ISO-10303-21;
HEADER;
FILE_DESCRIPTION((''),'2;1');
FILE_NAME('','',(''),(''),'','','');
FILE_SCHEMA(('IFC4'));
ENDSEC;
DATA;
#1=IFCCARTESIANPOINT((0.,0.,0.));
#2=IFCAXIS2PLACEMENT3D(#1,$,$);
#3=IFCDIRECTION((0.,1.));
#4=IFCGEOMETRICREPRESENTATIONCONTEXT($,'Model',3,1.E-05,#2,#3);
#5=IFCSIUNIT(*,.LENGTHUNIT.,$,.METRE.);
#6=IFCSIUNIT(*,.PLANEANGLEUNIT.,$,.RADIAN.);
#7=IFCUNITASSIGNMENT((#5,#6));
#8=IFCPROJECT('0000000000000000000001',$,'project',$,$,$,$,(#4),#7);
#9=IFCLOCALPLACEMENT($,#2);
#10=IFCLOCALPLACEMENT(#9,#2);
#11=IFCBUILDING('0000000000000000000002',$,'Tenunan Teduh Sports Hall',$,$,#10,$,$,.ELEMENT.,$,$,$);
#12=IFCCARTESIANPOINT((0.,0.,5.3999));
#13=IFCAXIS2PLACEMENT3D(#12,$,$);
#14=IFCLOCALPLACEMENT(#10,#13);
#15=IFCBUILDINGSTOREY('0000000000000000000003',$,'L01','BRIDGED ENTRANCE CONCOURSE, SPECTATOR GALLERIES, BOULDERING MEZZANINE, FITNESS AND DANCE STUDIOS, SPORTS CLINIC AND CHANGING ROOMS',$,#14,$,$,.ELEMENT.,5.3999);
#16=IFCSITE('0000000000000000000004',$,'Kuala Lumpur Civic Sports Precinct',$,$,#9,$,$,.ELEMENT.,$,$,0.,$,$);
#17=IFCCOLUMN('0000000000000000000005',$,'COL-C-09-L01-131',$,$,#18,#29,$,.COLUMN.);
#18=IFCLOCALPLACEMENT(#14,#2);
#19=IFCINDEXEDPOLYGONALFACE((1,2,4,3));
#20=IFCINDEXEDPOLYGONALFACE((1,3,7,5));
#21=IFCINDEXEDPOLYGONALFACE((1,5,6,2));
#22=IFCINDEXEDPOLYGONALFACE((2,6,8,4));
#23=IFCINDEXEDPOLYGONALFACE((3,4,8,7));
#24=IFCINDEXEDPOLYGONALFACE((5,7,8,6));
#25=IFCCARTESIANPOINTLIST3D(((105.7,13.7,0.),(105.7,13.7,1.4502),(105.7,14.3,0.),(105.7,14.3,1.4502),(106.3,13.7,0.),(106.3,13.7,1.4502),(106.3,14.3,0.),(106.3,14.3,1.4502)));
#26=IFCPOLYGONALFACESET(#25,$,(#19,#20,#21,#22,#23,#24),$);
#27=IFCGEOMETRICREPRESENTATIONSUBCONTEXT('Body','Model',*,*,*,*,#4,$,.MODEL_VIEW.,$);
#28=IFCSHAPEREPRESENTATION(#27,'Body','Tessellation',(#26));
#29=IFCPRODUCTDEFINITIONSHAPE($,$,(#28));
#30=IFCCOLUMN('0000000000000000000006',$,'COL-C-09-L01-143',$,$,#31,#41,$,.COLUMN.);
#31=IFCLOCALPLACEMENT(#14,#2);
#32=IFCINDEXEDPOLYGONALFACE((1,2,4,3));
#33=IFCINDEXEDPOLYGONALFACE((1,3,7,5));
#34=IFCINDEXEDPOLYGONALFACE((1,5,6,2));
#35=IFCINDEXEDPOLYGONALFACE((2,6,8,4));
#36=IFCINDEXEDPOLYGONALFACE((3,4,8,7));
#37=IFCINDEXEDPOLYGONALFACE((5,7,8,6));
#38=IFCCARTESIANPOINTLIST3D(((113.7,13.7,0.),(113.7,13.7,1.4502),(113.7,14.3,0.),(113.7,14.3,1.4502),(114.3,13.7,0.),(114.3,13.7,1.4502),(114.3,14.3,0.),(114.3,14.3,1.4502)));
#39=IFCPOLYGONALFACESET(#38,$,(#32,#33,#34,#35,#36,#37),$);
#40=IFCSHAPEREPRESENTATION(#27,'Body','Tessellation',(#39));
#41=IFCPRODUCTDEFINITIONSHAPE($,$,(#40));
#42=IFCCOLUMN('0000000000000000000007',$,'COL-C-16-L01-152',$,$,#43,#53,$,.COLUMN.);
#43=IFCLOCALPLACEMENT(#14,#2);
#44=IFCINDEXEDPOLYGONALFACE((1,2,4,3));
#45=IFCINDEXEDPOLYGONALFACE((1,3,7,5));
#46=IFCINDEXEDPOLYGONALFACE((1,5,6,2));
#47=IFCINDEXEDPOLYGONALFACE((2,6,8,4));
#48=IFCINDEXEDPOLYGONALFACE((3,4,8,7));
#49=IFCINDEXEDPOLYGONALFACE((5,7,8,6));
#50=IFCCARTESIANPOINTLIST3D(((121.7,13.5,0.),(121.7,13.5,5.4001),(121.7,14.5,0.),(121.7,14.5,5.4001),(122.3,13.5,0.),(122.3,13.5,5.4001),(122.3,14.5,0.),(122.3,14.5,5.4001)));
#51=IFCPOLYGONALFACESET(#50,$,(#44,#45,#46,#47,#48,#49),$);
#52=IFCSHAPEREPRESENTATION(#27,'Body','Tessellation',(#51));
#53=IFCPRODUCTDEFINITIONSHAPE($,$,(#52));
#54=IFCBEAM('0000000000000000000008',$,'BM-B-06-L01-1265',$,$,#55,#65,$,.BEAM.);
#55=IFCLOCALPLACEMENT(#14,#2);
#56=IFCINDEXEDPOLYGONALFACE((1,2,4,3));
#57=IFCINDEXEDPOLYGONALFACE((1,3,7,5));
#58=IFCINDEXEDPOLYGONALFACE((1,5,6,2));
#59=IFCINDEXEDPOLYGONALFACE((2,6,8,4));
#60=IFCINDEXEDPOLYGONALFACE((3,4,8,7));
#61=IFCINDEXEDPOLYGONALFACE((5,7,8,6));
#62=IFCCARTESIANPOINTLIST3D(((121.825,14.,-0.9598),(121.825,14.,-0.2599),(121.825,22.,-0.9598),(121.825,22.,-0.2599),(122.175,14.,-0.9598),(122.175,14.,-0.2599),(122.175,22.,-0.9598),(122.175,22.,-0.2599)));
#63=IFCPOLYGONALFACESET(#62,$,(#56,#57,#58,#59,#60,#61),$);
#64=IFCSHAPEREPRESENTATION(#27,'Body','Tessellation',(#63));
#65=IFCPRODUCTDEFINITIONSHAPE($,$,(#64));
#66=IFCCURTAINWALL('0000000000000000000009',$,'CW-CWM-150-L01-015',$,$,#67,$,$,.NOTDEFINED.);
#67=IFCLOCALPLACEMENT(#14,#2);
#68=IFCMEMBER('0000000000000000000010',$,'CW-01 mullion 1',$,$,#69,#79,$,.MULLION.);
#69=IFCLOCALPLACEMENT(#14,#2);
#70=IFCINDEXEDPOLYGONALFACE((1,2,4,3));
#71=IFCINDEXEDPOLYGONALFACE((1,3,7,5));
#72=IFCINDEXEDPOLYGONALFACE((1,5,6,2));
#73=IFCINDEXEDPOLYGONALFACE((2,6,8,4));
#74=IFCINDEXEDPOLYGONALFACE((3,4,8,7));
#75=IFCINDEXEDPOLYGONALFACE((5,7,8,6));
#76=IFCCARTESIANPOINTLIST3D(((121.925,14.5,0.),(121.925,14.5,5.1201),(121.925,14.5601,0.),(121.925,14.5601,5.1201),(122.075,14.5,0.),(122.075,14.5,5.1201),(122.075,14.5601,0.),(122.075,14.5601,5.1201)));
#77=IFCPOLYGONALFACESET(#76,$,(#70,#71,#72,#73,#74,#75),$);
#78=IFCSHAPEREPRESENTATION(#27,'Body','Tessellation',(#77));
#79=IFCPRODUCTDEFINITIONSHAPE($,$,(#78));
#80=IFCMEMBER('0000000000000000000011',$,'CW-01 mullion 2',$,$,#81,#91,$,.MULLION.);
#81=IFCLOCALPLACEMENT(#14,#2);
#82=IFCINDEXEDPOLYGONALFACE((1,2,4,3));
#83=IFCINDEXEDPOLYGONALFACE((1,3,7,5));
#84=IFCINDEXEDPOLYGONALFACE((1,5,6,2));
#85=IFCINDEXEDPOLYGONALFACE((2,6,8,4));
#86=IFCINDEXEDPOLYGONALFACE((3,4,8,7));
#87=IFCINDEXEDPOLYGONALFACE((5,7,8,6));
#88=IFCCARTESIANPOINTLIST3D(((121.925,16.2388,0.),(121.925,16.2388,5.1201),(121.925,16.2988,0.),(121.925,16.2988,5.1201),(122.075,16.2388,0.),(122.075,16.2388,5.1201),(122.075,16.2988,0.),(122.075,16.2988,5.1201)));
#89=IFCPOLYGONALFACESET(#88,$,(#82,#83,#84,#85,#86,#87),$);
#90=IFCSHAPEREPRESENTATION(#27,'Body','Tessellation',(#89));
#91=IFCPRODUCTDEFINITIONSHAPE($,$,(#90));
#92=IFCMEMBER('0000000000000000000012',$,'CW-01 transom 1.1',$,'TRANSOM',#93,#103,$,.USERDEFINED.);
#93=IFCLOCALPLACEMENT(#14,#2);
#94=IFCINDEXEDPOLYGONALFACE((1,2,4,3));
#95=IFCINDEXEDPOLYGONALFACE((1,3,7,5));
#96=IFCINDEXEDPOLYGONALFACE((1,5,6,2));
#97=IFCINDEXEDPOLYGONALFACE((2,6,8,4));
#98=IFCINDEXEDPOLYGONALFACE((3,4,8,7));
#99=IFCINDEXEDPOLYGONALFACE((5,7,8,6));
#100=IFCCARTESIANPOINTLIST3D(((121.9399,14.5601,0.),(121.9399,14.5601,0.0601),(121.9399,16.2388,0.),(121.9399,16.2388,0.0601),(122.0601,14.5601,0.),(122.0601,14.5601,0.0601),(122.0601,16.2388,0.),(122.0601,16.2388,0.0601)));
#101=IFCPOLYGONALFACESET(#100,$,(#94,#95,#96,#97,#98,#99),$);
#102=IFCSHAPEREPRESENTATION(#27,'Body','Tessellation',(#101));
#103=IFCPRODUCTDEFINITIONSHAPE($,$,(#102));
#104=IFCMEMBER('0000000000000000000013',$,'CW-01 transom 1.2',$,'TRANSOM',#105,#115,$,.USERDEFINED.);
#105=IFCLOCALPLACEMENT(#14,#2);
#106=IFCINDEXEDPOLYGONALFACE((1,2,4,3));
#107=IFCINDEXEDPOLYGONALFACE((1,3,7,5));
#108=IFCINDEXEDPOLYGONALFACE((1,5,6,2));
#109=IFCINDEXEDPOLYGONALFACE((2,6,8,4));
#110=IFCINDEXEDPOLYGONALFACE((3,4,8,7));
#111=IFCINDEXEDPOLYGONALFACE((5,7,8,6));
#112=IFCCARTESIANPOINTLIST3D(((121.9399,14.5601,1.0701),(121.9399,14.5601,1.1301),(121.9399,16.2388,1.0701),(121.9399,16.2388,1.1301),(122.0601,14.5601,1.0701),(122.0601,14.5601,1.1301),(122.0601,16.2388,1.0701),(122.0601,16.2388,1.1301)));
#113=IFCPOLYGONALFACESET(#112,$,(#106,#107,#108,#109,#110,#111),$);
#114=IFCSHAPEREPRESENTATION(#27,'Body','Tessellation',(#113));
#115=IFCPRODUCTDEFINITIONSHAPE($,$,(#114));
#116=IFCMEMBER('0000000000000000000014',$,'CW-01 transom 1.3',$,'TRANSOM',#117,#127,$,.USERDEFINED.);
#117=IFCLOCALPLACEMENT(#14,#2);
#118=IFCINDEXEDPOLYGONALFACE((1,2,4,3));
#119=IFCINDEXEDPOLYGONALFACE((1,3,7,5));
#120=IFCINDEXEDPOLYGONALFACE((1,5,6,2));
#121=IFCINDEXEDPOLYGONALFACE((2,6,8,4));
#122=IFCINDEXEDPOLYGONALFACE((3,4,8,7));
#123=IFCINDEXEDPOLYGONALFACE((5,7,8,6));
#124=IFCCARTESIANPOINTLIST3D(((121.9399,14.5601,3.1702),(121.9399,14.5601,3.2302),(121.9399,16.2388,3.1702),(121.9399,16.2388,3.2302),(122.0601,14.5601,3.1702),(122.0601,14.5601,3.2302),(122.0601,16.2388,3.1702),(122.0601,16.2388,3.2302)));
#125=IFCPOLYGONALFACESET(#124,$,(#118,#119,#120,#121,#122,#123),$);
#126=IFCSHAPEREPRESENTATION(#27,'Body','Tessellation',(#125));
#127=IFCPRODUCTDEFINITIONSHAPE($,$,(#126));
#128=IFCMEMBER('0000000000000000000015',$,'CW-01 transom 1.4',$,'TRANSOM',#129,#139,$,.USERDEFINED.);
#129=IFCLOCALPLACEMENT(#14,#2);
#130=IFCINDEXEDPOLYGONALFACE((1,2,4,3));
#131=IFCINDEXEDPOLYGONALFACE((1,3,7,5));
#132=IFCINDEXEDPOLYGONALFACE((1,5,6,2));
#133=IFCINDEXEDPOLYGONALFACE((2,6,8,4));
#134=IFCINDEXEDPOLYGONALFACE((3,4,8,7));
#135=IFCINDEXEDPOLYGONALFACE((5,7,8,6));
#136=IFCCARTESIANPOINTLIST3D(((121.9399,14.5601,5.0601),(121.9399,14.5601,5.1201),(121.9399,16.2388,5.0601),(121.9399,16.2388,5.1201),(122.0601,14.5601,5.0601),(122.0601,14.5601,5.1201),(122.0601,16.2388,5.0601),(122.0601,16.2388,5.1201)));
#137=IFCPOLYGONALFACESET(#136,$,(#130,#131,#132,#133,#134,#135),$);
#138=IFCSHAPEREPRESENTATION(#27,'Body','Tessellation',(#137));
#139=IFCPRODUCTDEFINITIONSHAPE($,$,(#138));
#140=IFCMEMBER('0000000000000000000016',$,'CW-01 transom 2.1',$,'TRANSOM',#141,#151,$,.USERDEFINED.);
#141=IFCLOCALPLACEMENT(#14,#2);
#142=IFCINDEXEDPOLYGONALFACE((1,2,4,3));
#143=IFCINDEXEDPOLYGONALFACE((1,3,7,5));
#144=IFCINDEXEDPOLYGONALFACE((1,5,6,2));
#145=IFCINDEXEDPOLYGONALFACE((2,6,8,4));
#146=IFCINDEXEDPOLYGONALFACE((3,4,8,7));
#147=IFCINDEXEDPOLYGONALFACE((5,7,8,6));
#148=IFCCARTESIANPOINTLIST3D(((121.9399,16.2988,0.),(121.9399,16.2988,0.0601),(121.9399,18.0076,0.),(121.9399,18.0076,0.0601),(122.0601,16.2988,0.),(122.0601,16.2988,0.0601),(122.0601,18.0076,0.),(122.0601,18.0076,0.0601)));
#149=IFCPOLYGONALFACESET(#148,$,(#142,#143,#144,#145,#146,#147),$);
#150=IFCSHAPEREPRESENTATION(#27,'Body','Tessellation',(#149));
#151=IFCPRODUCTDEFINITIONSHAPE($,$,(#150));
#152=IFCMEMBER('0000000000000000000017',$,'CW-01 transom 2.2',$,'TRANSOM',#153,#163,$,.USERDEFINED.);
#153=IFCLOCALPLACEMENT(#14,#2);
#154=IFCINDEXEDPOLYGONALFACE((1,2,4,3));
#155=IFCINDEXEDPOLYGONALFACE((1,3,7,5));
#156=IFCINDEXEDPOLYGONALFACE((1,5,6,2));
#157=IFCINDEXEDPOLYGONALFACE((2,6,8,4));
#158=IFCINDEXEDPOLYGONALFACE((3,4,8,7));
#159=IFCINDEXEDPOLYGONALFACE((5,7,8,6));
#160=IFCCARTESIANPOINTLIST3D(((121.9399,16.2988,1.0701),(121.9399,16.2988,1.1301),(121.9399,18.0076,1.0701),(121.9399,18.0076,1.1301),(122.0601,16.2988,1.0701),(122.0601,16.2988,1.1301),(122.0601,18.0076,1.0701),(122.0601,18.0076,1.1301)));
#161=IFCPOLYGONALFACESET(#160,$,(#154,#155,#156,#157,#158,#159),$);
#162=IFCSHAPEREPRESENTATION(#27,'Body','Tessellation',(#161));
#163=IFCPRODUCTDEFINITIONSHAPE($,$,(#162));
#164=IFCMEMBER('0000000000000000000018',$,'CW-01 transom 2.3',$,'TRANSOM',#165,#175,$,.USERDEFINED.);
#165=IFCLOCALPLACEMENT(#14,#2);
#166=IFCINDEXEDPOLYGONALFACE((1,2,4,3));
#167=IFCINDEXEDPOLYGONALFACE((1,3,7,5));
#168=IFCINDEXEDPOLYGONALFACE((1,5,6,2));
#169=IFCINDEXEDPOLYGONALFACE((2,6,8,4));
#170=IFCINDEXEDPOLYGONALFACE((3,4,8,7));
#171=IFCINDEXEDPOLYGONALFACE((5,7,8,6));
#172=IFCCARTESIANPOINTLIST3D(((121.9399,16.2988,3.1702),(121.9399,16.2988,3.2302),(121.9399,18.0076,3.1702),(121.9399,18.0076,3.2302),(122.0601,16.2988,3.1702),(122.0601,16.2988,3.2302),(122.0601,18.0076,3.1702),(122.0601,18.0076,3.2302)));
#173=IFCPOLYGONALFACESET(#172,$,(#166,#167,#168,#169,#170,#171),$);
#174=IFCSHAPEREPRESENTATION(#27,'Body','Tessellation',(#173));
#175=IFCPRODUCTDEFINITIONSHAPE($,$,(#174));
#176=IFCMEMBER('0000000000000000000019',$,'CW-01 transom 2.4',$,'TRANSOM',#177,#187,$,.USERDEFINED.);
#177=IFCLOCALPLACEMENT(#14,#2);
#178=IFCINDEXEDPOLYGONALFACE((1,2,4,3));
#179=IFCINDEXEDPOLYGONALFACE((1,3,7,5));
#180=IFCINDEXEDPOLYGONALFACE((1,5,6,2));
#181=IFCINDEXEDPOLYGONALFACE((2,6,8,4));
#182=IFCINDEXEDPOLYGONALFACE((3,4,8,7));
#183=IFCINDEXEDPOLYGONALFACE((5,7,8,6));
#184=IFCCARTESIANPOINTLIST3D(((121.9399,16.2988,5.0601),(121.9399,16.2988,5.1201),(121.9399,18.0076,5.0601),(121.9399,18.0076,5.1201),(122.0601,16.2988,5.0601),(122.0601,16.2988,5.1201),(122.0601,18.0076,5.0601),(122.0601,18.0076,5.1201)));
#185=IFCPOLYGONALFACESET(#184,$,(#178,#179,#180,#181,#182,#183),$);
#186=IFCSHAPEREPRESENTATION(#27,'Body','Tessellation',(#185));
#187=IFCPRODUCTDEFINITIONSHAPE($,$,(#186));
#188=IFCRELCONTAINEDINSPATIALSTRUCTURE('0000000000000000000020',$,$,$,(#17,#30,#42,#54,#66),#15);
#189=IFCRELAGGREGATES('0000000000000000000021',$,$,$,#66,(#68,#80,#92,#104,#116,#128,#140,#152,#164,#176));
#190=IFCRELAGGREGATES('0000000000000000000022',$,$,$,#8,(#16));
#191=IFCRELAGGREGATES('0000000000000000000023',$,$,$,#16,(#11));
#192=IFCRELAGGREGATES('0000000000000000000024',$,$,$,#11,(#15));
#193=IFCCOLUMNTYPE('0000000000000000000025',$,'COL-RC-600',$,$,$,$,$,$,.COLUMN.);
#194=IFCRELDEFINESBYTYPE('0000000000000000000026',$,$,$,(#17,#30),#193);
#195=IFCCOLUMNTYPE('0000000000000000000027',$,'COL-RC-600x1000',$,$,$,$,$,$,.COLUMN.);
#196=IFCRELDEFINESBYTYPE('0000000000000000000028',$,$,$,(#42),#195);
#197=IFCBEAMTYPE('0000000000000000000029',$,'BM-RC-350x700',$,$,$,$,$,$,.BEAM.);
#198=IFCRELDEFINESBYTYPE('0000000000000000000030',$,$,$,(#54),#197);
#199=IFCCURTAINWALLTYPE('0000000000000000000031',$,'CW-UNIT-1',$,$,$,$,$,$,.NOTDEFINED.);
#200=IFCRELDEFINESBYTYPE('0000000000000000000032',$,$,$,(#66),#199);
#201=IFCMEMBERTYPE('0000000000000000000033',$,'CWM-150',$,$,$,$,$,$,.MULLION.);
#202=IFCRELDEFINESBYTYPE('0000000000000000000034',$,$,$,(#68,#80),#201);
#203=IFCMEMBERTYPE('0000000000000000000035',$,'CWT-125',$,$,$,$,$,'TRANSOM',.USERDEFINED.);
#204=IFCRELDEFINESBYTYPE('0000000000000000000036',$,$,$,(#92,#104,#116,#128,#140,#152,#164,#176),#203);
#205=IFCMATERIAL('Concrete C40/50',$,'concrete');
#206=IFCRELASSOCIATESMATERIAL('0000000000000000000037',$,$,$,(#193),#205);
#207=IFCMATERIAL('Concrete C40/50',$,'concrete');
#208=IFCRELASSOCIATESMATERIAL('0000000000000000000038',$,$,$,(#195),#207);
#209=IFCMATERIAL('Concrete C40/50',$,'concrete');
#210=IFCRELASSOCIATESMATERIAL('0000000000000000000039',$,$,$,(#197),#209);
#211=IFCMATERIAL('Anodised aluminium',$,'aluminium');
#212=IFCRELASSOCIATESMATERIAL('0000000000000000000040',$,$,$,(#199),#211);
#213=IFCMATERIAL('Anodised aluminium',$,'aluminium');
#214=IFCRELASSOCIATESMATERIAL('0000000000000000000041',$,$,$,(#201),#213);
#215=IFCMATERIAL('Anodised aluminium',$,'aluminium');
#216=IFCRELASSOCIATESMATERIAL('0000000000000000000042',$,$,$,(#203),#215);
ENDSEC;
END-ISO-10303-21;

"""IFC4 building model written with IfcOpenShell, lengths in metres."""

from ifc_helpers import new_model, si_unit, direction, frame, origin, origin_2d, place, context, subcontext, project, spatial, rectangle, extrude, material, material_profile, profile_set, type_object, element, aggregate, save


model = new_model("IFC4")

# Units and contexts
model_context = context("Model", 3, precision=1e-05, world=origin(), true_north=direction((0.0, 1.0)))
body_context = subcontext(model_context, "Body", "Model", "MODEL_VIEW")
ifc_project = project(units=[si_unit("LENGTHUNIT", "METRE"), si_unit("PLANEANGLEUNIT", "RADIAN")], contexts=[model_context])

# Site, building, storey
site_placement = place(None, origin())
site = spatial("IfcSite", under=ifc_project, at=site_placement, Name="Kuala Lumpur Civic Sports Precinct", CompositionType="ELEMENT", RefElevation=0.0)
building_placement = place(site_placement, origin())
building = spatial("IfcBuilding", under=site, at=building_placement, Name="Tenunan Teduh Sports Hall", CompositionType="ELEMENT")
storey_placement = place(building_placement, frame((0.0, 0.0, 5.3999)))
storey = spatial("IfcBuildingStorey", under=building, at=storey_placement, Name="L01", Description="BRIDGED ENTRANCE CONCOURSE, SPECTATOR GALLERIES, BOULDERING MEZZANINE, FITNESS AND DANCE STUDIOS, SPORTS CLINIC AND CHANGING ROOMS", CompositionType="ELEMENT", Elevation=5.3999)

# Columns
ifc_material_1 = material(Name="Concrete C40/50", Category="concrete")
ifc_material_profile_1 = material_profile(ifc_material_1, rectangle(XDim=0.6001, YDim=0.6001, at=origin_2d()), Name="RC 600x600")
ifc_profile_set_1 = profile_set([ifc_material_profile_1], Name="Concrete C40/50")
column_type_1 = type_object("IfcColumnType", Name="COL-RC-600", PredefinedType="COLUMN", material=ifc_profile_set_1)
for number, where, z_axis, x_axis, name in (
    (1, (106.0, 14.0, 0.0), (0.0, 0.0, 1.0), (1.0, 0.0, 0.0), "COL-C-09-L01-131"),
    (2, (114.0, 14.0, 0.0), (0.0, 0.0, 1.0), (1.0, 0.0, 0.0), "COL-C-09-L01-143"),
):
    element("IfcColumn", number, at=place(storey_placement, frame(where, z_axis=z_axis, x_axis=x_axis)), inside=storey, type_object=column_type_1, Name=name, PredefinedType="COLUMN", context=body_context, shape_type="SweptSolid", body=[
        extrude(rectangle(XDim=0.6001, YDim=0.6001, at=origin_2d()), origin(), (0.0, 0.0, 1.0), 1.4502),
    ])
ifc_material_2 = material(Name="Concrete C40/50", Category="concrete")
ifc_material_profile_2 = material_profile(ifc_material_2, rectangle(XDim=0.6001, YDim=1.0, at=origin_2d()), Name="RC 600x1000")
ifc_profile_set_2 = profile_set([ifc_material_profile_2], Name="Concrete C40/50")
column_type_2 = type_object("IfcColumnType", Name="COL-RC-600x1000", PredefinedType="COLUMN", material=ifc_profile_set_2)
column_placement = place(storey_placement, frame((122.0, 14.0, 0.0), z_axis=(0.0, 0.0, 1.0), x_axis=(1.0, 0.0, 0.0)))
element("IfcColumn", 3, at=column_placement, inside=storey, type_object=column_type_2, Name="COL-C-16-L01-152", PredefinedType="COLUMN", context=body_context, shape_type="SweptSolid", body=[
    extrude(rectangle(XDim=0.6001, YDim=1.0, at=origin_2d()), origin(), (0.0, 0.0, 1.0), 5.4001),
])

# Beam
ifc_material_3 = material(Name="Concrete C40/50", Category="concrete")
ifc_material_profile_3 = material_profile(ifc_material_3, rectangle(XDim=0.3501, YDim=0.7, at=origin_2d()), Name="RCB 350x700")
ifc_profile_set_3 = profile_set([ifc_material_profile_3], Name="Concrete C40/50")
beam_type_1 = type_object("IfcBeamType", Name="BM-RC-350x700", PredefinedType="BEAM", material=ifc_profile_set_3)
beam_placement = place(storey_placement, frame((122.0, 14.0, -0.6099), z_axis=(0.0, 1.0, 0.0), x_axis=(-1.0, 0.0, 0.0)))
element("IfcBeam", 4, at=beam_placement, inside=storey, type_object=beam_type_1, Name="BM-B-06-L01-1265", PredefinedType="BEAM", context=body_context, shape_type="SweptSolid", body=[
    extrude(rectangle(XDim=0.3501, YDim=0.7, at=origin_2d()), origin(), (0.0, 0.0, 1.0), 8.0),
])

# Curtain wall, members
ifc_material_4 = material(Name="Anodised aluminium", Category="aluminium")
curtain_wall_type = type_object("IfcCurtainWallType", Name="CW-UNIT-1", PredefinedType="NOTDEFINED", material=ifc_material_4)
curtain_wall_placement = place(storey_placement, origin())
curtain_wall = element("IfcCurtainWall", 5, at=curtain_wall_placement, inside=storey, type_object=curtain_wall_type, Name="CW-CWM-150-L01-015", PredefinedType="NOTDEFINED")
ifc_material_5 = material(Name="Anodised aluminium", Category="aluminium")
ifc_material_profile_4 = material_profile(ifc_material_5, rectangle(XDim=0.0601, YDim=0.1499, at=origin_2d()), Name="CWM 60x150")
ifc_profile_set_4 = profile_set([ifc_material_profile_4], Name="Anodised aluminium")
member_type_1 = type_object("IfcMemberType", Name="CWM-150", PredefinedType="MULLION", material=ifc_profile_set_4)
member_1_placement = place(storey_placement, frame((122.0, 14.53, 0.0), z_axis=(0.0, 0.0, 1.0), x_axis=(0.0, 1.0, 0.0)))
member_1 = element("IfcMember", 6, at=member_1_placement, type_object=member_type_1, Name="CW-01 mullion 1", PredefinedType="MULLION", context=body_context, shape_type="SweptSolid", body=[
    extrude(rectangle(XDim=0.0601, YDim=0.1499, at=origin_2d()), origin(), (0.0, 0.0, 1.0), 5.1201),
])
member_2_placement = place(storey_placement, frame((122.0, 16.2688, 0.0), z_axis=(0.0, 0.0, 1.0), x_axis=(0.0, 1.0, 0.0)))
member_2 = element("IfcMember", 7, at=member_2_placement, type_object=member_type_1, Name="CW-01 mullion 2", PredefinedType="MULLION", context=body_context, shape_type="SweptSolid", body=[
    extrude(rectangle(XDim=0.0601, YDim=0.1499, at=origin_2d()), origin(), (0.0, 0.0, 1.0), 5.1201),
])
ifc_material_6 = material(Name="Anodised aluminium", Category="aluminium")
ifc_material_profile_5 = material_profile(ifc_material_6, rectangle(XDim=0.0601, YDim=0.1201, at=origin_2d()), Name="CWT 60x120")
ifc_profile_set_5 = profile_set([ifc_material_profile_5], Name="Anodised aluminium")
member_type_2 = type_object("IfcMemberType", Name="CWT-125", ElementType="TRANSOM", PredefinedType="USERDEFINED", material=ifc_profile_set_5)
member_3_placement = place(storey_placement, frame((122.0, 14.5601, 0.03), z_axis=(0.0, 1.0, 0.0), x_axis=(0.0, 0.0, 1.0)))
member_3 = element("IfcMember", 8, at=member_3_placement, type_object=member_type_2, Name="CW-01 transom 1.1", ObjectType="TRANSOM", PredefinedType="USERDEFINED", context=body_context, shape_type="SweptSolid", body=[
    extrude(rectangle(XDim=0.0601, YDim=0.1201, at=origin_2d()), origin(), (0.0, 0.0, 1.0), 1.6787),
])
member_4_placement = place(storey_placement, frame((122.0, 14.5601, 1.1001), z_axis=(0.0, 1.0, 0.0), x_axis=(0.0, 0.0, 1.0)))
member_4 = element("IfcMember", 9, at=member_4_placement, type_object=member_type_2, Name="CW-01 transom 1.2", ObjectType="TRANSOM", PredefinedType="USERDEFINED", context=body_context, shape_type="SweptSolid", body=[
    extrude(rectangle(XDim=0.0601, YDim=0.1201, at=origin_2d()), origin(), (0.0, 0.0, 1.0), 1.6787),
])
member_5_placement = place(storey_placement, frame((122.0, 14.5601, 3.2002), z_axis=(0.0, 1.0, 0.0), x_axis=(0.0, 0.0, 1.0)))
member_5 = element("IfcMember", 10, at=member_5_placement, type_object=member_type_2, Name="CW-01 transom 1.3", ObjectType="TRANSOM", PredefinedType="USERDEFINED", context=body_context, shape_type="SweptSolid", body=[
    extrude(rectangle(XDim=0.0601, YDim=0.1201, at=origin_2d()), origin(), (0.0, 0.0, 1.0), 1.6787),
])
member_6_placement = place(storey_placement, frame((122.0, 14.5601, 5.0901), z_axis=(0.0, 1.0, 0.0), x_axis=(0.0, 0.0, 1.0)))
member_6 = element("IfcMember", 11, at=member_6_placement, type_object=member_type_2, Name="CW-01 transom 1.4", ObjectType="TRANSOM", PredefinedType="USERDEFINED", context=body_context, shape_type="SweptSolid", body=[
    extrude(rectangle(XDim=0.0601, YDim=0.1201, at=origin_2d()), origin(), (0.0, 0.0, 1.0), 1.6787),
])
member_7_placement = place(storey_placement, frame((122.0, 16.2988, 0.03), z_axis=(0.0, 1.0, 0.0), x_axis=(0.0, 0.0, 1.0)))
member_7 = element("IfcMember", 12, at=member_7_placement, type_object=member_type_2, Name="CW-01 transom 2.1", ObjectType="TRANSOM", PredefinedType="USERDEFINED", context=body_context, shape_type="SweptSolid", body=[
    extrude(rectangle(XDim=0.0601, YDim=0.1201, at=origin_2d()), origin(), (0.0, 0.0, 1.0), 1.7087),
])
member_8_placement = place(storey_placement, frame((122.0, 16.2988, 1.1001), z_axis=(0.0, 1.0, 0.0), x_axis=(0.0, 0.0, 1.0)))
member_8 = element("IfcMember", 13, at=member_8_placement, type_object=member_type_2, Name="CW-01 transom 2.2", ObjectType="TRANSOM", PredefinedType="USERDEFINED", context=body_context, shape_type="SweptSolid", body=[
    extrude(rectangle(XDim=0.0601, YDim=0.1201, at=origin_2d()), origin(), (0.0, 0.0, 1.0), 1.7087),
])
member_9_placement = place(storey_placement, frame((122.0, 16.2988, 3.2002), z_axis=(0.0, 1.0, 0.0), x_axis=(0.0, 0.0, 1.0)))
member_9 = element("IfcMember", 14, at=member_9_placement, type_object=member_type_2, Name="CW-01 transom 2.3", ObjectType="TRANSOM", PredefinedType="USERDEFINED", context=body_context, shape_type="SweptSolid", body=[
    extrude(rectangle(XDim=0.0601, YDim=0.1201, at=origin_2d()), origin(), (0.0, 0.0, 1.0), 1.7087),
])
member_10_placement = place(storey_placement, frame((122.0, 16.2988, 5.0901), z_axis=(0.0, 1.0, 0.0), x_axis=(0.0, 0.0, 1.0)))
member_10 = element("IfcMember", 15, at=member_10_placement, type_object=member_type_2, Name="CW-01 transom 2.4", ObjectType="TRANSOM", PredefinedType="USERDEFINED", context=body_context, shape_type="SweptSolid", body=[
    extrude(rectangle(XDim=0.0601, YDim=0.1201, at=origin_2d()), origin(), (0.0, 0.0, 1.0), 1.7087),
])

aggregate(curtain_wall, [member_1, member_2, member_3, member_4, member_5, member_6, member_7, member_8, member_9, member_10])

save(model, "model.ifc")
